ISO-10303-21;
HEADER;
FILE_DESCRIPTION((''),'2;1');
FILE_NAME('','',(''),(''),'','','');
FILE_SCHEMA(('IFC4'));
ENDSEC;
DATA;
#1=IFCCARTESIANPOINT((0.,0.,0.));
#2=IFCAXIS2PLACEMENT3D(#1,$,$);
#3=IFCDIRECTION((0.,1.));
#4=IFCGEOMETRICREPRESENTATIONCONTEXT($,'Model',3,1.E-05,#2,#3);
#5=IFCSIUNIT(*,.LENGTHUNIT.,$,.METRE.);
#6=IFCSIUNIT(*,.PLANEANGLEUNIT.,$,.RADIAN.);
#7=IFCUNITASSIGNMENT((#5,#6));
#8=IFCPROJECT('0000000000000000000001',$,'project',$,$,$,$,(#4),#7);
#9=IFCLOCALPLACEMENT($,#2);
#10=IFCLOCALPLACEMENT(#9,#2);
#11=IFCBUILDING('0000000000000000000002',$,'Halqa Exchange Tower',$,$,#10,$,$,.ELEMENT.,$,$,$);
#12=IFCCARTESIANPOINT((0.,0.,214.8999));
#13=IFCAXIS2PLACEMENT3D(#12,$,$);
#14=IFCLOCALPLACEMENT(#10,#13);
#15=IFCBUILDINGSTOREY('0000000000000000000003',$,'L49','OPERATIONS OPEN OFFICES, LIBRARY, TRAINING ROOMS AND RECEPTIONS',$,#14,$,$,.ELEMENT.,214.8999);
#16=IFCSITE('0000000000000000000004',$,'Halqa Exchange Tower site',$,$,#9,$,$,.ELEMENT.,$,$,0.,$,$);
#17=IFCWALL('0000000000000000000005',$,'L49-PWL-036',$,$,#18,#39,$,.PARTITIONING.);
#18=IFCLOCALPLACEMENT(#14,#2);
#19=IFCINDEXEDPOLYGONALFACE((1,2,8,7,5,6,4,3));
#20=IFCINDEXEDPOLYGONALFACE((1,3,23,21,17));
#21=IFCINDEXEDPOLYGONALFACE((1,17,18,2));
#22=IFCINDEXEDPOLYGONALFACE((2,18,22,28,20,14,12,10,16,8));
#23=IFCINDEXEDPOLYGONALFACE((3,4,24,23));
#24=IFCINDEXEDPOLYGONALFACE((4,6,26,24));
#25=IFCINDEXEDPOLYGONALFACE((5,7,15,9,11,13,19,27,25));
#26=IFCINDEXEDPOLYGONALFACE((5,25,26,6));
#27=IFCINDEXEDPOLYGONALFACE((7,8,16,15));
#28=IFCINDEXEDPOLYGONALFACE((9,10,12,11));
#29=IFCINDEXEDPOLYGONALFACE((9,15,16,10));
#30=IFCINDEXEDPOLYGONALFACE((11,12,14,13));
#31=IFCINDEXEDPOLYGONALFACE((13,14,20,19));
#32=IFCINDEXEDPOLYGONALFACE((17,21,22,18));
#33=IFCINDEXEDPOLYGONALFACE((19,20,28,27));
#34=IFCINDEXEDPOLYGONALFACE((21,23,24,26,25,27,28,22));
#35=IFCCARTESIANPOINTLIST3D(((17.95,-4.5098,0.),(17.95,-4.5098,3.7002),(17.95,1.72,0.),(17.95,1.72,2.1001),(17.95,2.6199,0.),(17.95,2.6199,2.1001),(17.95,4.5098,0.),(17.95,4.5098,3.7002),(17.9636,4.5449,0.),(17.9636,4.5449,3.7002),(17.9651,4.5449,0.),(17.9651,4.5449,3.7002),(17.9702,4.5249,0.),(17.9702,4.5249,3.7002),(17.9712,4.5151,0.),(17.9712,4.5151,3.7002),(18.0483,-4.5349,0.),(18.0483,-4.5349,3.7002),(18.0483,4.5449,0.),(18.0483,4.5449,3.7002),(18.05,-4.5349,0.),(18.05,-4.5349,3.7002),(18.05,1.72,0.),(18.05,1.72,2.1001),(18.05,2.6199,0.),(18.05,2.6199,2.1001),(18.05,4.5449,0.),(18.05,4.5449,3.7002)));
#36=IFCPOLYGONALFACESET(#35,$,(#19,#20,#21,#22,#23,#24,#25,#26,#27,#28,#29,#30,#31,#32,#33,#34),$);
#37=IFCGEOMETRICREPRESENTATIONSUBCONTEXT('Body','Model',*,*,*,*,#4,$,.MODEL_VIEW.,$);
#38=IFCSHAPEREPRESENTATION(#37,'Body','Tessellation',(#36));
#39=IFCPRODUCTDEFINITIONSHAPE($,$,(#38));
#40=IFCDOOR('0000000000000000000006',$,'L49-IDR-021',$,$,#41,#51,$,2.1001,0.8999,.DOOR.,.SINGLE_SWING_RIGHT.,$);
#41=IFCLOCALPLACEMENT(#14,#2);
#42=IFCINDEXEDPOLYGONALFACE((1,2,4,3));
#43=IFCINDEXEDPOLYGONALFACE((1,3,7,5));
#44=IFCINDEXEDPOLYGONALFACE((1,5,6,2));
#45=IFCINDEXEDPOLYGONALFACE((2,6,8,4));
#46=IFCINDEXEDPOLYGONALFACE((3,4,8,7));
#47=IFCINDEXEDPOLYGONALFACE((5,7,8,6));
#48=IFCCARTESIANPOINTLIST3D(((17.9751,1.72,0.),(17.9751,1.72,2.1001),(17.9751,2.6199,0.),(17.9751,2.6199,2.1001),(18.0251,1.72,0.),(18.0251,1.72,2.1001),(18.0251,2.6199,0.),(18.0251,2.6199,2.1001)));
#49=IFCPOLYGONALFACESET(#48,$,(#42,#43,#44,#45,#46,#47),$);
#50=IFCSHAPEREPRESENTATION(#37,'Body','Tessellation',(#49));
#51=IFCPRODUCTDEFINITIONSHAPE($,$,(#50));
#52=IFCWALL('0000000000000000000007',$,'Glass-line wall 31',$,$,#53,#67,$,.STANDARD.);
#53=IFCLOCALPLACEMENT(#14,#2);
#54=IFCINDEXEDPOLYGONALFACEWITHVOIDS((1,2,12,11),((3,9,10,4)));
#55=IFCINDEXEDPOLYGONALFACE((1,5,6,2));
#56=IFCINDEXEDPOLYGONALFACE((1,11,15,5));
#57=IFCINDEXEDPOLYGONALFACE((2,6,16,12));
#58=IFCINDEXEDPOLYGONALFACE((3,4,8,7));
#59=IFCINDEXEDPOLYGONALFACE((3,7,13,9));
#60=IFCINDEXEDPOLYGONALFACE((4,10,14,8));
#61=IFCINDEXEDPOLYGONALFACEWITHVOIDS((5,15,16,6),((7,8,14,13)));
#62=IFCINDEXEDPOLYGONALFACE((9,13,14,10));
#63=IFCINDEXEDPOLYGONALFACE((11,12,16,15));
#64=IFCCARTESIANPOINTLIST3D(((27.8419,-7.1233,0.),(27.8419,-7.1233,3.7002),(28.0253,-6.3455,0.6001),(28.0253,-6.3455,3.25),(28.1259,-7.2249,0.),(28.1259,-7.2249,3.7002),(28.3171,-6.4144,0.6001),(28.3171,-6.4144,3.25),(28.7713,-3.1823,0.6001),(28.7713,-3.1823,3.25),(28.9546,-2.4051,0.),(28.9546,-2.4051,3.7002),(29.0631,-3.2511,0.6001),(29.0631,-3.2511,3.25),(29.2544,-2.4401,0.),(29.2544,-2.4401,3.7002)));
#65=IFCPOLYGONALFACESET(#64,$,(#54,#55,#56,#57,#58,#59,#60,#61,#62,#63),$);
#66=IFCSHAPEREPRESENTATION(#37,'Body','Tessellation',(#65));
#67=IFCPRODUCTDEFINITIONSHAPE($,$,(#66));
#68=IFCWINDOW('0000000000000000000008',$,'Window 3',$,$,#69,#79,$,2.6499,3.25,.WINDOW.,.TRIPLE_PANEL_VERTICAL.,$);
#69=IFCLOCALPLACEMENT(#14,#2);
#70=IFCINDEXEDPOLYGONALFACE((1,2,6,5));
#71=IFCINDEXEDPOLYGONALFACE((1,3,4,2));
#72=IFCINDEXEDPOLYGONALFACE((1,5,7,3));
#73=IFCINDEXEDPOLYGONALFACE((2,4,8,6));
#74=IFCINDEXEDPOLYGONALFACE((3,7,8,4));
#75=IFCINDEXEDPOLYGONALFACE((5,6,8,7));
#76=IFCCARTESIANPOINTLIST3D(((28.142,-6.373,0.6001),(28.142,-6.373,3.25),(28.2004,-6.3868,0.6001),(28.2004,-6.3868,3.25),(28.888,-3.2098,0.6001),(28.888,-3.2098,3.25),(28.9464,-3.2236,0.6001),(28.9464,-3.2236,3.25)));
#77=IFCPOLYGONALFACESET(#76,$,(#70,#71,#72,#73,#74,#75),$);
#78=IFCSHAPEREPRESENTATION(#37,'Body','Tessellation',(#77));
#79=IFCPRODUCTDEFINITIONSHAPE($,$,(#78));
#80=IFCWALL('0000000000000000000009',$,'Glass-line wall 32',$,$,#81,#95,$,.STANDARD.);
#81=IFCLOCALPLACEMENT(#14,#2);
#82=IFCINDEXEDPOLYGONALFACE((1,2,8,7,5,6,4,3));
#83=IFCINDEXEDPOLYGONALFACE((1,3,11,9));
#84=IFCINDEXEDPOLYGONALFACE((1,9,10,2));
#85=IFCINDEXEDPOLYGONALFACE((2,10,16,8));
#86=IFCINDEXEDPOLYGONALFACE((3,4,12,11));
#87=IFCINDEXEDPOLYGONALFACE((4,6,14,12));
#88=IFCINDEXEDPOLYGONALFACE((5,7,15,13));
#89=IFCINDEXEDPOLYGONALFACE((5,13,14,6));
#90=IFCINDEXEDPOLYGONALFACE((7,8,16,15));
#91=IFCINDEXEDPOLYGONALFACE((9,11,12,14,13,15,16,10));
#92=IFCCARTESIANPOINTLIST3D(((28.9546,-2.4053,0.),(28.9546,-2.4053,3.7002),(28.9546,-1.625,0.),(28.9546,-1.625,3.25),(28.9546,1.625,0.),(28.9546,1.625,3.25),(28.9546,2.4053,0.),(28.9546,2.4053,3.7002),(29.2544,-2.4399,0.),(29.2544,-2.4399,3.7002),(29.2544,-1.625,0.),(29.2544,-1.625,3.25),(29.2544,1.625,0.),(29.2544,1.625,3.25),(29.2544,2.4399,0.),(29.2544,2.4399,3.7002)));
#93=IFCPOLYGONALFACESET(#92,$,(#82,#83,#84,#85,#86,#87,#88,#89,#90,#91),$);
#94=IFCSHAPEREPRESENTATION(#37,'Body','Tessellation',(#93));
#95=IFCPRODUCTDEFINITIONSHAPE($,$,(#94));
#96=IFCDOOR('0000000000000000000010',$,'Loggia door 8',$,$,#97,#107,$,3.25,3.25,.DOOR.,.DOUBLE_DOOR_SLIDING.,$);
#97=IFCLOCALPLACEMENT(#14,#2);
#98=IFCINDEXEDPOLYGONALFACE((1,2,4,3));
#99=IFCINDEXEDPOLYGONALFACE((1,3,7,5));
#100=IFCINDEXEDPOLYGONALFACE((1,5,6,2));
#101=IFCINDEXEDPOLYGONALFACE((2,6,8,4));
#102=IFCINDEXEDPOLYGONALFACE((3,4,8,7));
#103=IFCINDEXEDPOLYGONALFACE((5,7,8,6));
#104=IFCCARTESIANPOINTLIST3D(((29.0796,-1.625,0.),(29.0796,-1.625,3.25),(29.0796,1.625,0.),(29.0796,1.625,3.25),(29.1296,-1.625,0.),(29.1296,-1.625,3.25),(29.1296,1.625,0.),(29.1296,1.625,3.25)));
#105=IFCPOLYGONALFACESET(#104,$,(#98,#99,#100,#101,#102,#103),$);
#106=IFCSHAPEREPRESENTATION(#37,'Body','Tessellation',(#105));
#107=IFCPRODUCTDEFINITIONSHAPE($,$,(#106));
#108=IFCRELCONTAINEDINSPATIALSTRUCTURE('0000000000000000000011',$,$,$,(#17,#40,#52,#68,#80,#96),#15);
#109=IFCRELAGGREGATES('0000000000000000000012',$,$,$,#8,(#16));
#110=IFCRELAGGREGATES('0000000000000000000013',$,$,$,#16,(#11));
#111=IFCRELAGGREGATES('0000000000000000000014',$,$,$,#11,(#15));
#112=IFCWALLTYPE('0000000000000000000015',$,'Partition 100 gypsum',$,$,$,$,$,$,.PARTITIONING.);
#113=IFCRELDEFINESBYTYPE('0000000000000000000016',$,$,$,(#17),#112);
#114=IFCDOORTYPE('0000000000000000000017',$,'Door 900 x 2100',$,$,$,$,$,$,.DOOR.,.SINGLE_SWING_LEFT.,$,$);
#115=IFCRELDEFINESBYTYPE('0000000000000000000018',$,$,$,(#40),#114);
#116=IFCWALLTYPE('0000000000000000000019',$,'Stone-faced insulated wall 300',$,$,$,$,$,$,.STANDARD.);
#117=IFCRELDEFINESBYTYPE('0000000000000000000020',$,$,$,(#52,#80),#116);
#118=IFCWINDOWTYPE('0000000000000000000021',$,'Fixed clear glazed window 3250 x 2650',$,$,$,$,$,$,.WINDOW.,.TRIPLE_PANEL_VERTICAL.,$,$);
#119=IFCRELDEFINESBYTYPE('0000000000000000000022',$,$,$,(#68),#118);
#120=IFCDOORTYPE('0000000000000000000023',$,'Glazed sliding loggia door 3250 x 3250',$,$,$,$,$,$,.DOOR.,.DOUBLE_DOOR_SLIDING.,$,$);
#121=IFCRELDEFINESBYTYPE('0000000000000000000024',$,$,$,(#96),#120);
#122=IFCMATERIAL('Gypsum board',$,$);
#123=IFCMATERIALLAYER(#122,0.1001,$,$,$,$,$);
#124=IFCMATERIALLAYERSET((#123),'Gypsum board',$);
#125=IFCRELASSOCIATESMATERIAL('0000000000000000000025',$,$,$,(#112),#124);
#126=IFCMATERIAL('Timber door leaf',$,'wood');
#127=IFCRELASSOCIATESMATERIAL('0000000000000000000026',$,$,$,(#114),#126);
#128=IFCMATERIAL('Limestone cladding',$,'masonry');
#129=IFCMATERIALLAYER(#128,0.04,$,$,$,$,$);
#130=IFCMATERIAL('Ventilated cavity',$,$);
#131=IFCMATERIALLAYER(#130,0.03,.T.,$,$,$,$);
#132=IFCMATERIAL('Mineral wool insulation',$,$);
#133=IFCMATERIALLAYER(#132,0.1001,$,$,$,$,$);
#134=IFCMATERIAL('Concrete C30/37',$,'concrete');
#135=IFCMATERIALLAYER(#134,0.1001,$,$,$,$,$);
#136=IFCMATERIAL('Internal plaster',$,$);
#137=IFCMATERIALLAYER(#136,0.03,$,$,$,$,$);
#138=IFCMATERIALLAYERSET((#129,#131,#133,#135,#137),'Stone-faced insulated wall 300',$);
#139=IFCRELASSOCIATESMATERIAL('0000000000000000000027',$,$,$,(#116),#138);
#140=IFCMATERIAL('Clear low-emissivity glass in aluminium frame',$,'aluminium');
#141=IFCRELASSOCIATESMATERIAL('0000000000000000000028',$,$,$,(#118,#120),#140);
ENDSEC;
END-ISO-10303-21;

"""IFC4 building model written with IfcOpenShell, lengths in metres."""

from ifc_helpers import new_model, si_unit, direction, frame, frame_2d, origin, place, context, subcontext, project, spatial, polyline, rectangle, outline, extrude, material, layer, layer_set, type_object, element, fill, save


model = new_model("IFC4")

# Units and contexts
model_context = context("Model", 3, precision=1e-05, world=origin(), true_north=direction((0.0, 1.0)))
body_context = subcontext(model_context, "Body", "Model", "MODEL_VIEW")
ifc_project = project(units=[si_unit("LENGTHUNIT", "METRE"), si_unit("PLANEANGLEUNIT", "RADIAN")], contexts=[model_context])

# Site, building, storey
site_placement = place(None, origin())
site = spatial("IfcSite", under=ifc_project, at=site_placement, Name="Halqa Exchange Tower site", CompositionType="ELEMENT", RefElevation=0.0)
building_placement = place(site_placement, origin())
building = spatial("IfcBuilding", under=site, at=building_placement, Name="Halqa Exchange Tower", CompositionType="ELEMENT")
storey_placement = place(building_placement, frame((0.0, 0.0, 214.8999)))
storey = spatial("IfcBuildingStorey", under=building, at=storey_placement, Name="L49", Description="OPERATIONS OPEN OFFICES, LIBRARY, TRAINING ROOMS AND RECEPTIONS", CompositionType="ELEMENT", Elevation=214.8999)

# Shared definitions
ifc_material_1 = material(Name="Gypsum board")
ifc_layer_1 = layer(ifc_material_1, 0.1001)
ifc_layer_set_1 = layer_set([ifc_layer_1], Name="Gypsum board")
wall_type_1 = type_object("IfcWallType", Name="Partition 100 gypsum", PredefinedType="PARTITIONING", material=ifc_layer_set_1)

# Wall, opening, door
ifc_material_2 = material(Name="Timber door leaf", Category="wood")
door_type_1 = type_object("IfcDoorType", Name="Door 900 x 2100", OperationType="SINGLE_SWING_LEFT", PredefinedType="DOOR", material=ifc_material_2)
wall_1_placement = place(storey_placement, frame((18.0, -4.5349, 0.0), z_axis=(0.0, 0.0, 1.0), x_axis=(0.0, 1.0, 0.0)))
wall_1 = element("IfcWall", 1, at=wall_1_placement, inside=storey, type_object=wall_type_1, Name="L49-PWL-036", PredefinedType="PARTITIONING", context=body_context, shape_type="SweptSolid", body=[
    extrude(outline(polyline([(9.0798, -0.05), (9.0798, -0.0483), (9.0598, 0.0298), (9.0798, 0.0349), (9.0798, 0.0364), (9.05, 0.0288), (9.0447, 0.05), (7.4714, 0.05), (5.8982, 0.05), (4.325, 0.05), (4.325, 0.05), (4.2249, 0.05), (4.2249, 0.05), (2.825, 0.05), (1.425, 0.05), (0.0251, 0.05), (0.0, -0.0483), (0.0, -0.05), (1.8159, -0.05), (3.6318, -0.05), (5.448, -0.05), (7.2639, -0.05), (9.0798, -0.05)])), origin(), (0.0, 0.0, 1.0), 3.7002),
])
opening_1_placement = place(wall_1_placement, frame((6.2549, 0.0, 0.0)))
opening_1 = element("IfcOpeningElement", 2, at=opening_1_placement, cuts=wall_1, PredefinedType="OPENING", context=body_context, shape_type="SweptSolid", body=[
    extrude(rectangle(XDim=0.8999, YDim=2.1001, at=frame_2d((0.45, 1.05))), frame((0.0, 0.062, 0.0), z_axis=(0.0, -1.0, 0.0), x_axis=(1.0, 0.0, 0.0)), (0.0, 0.0, 1.0), 0.124),
])
door_1_placement = place(opening_1_placement, origin())
door_1 = element("IfcDoor", 3, at=door_1_placement, inside=storey, type_object=door_type_1, Name="L49-IDR-021", OperationType="SINGLE_SWING_RIGHT", OverallHeight=2.1001, OverallWidth=0.8999, PredefinedType="DOOR", context=body_context, shape_type="SweptSolid", body=[
    extrude(rectangle(XDim=0.8999, YDim=2.1001, at=frame_2d((0.45, 1.05))), frame((0.0, 0.0249, 0.0), z_axis=(0.0, -1.0, 0.0), x_axis=(1.0, 0.0, 0.0)), (0.0, 0.0, 1.0), 0.05),
])
fill(opening_1, door_1)

# Wall, opening, window
ifc_material_3 = material(Name="Limestone cladding", Category="masonry")
ifc_layer_2 = layer(ifc_material_3, 0.04)
ifc_material_4 = material(Name="Ventilated cavity")
ifc_layer_3 = layer(ifc_material_4, 0.03, ventilated=True)
ifc_material_5 = material(Name="Mineral wool insulation")
ifc_layer_4 = layer(ifc_material_5, 0.1001)
ifc_material_6 = material(Name="Concrete C30/37", Category="concrete")
ifc_layer_5 = layer(ifc_material_6, 0.1001)
ifc_material_7 = material(Name="Internal plaster")
ifc_layer_6 = layer(ifc_material_7, 0.03)
ifc_layer_set_2 = layer_set([ifc_layer_2, ifc_layer_3, ifc_layer_4, ifc_layer_5, ifc_layer_6], Name="Stone-faced insulated wall 300")
wall_type_2 = type_object("IfcWallType", Name="Stone-faced insulated wall 300", PredefinedType="STANDARD", material=ifc_layer_set_2)
wall_2_placement = place(storey_placement, frame((27.9839, -7.1741, 0.0), z_axis=(0.0, 0.0, 1.0), x_axis=(0.229547, 0.973298, 0.0)))
wall_2 = element("IfcWall", 4, at=wall_2_placement, inside=storey, type_object=wall_type_2, Name="Glass-line wall 31", PredefinedType="STANDARD", context=body_context, shape_type="SweptSolid", body=[
    extrude(outline(polyline([(-0.0168, -0.1499), (4.8992, -0.1499), (4.8645, 0.1499), (0.0168, 0.1499), (-0.0168, -0.1499)])), origin(), (0.0, 0.0, 1.0), 3.7002),
])
opening_2_placement = place(wall_2_placement, frame((0.8159, 0.0, 0.6001)))
opening_2 = element("IfcOpeningElement", 5, at=opening_2_placement, cuts=wall_2, PredefinedType="OPENING", context=body_context, shape_type="SweptSolid", body=[
    extrude(rectangle(XDim=3.25, YDim=2.6499, at=frame_2d((1.625, 1.325))), frame((0.0, 0.1621, 0.0), z_axis=(0.0, -1.0, 0.0), x_axis=(1.0, 0.0, 0.0)), (0.0, 0.0, 1.0), 0.324),
])
ifc_material_8 = material(Name="Clear low-emissivity glass in aluminium frame", Category="aluminium")
window_type = type_object("IfcWindowType", Name="Fixed clear glazed window 3250 x 2650", PartitioningType="TRIPLE_PANEL_VERTICAL", PredefinedType="WINDOW", material=ifc_material_8)
window_placement = place(opening_2_placement, origin())
window = element("IfcWindow", 6, at=window_placement, inside=storey, type_object=window_type, Name="Window 3", OverallHeight=2.6499, OverallWidth=3.25, PartitioningType="TRIPLE_PANEL_VERTICAL", PredefinedType="WINDOW", context=body_context, shape_type="SweptSolid", body=[
    extrude(rectangle(XDim=3.25, YDim=2.6499, at=frame_2d((1.625, 1.325))), frame((0.0, 0.03, 0.0), z_axis=(0.0, -1.0, 0.0), x_axis=(1.0, 0.0, 0.0)), (0.0, 0.0, 1.0), 0.0601),
])
fill(opening_2, window)

# Wall, opening, door
wall_3_placement = place(storey_placement, frame((29.1045, -2.4226, 0.0), z_axis=(0.0, 0.0, 1.0), x_axis=(0.0, 1.0, 0.0)))
wall_3 = element("IfcWall", 7, at=wall_3_placement, inside=storey, type_object=wall_type_2, Name="Glass-line wall 32", PredefinedType="STANDARD", context=body_context, shape_type="SweptSolid", body=[
    extrude(outline(polyline([(-0.0173, -0.1499), (4.8625, -0.1499), (4.8279, 0.1499), (0.0173, 0.1499), (-0.0173, -0.1499)])), origin(), (0.0, 0.0, 1.0), 3.7002),
])
opening_3_placement = place(wall_3_placement, frame((0.7976, 0.0, 0.0)))
opening_3 = element("IfcOpeningElement", 8, at=opening_3_placement, cuts=wall_3, PredefinedType="OPENING", context=body_context, shape_type="SweptSolid", body=[
    extrude(rectangle(XDim=3.25, YDim=3.25, at=frame_2d((1.625, 1.625))), frame((0.0, 0.1621, 0.0), z_axis=(0.0, -1.0, 0.0), x_axis=(1.0, 0.0, 0.0)), (0.0, 0.0, 1.0), 0.324),
])
door_type_2 = type_object("IfcDoorType", Name="Glazed sliding loggia door 3250 x 3250", OperationType="DOUBLE_DOOR_SLIDING", PredefinedType="DOOR", material=ifc_material_8)
door_2_placement = place(opening_3_placement, origin())
door_2 = element("IfcDoor", 9, at=door_2_placement, inside=storey, type_object=door_type_2, Name="Loggia door 8", OperationType="DOUBLE_DOOR_SLIDING", OverallHeight=3.25, OverallWidth=3.25, PredefinedType="DOOR", context=body_context, shape_type="SweptSolid", body=[
    extrude(rectangle(XDim=3.25, YDim=3.25, at=frame_2d((1.625, 1.625))), frame((0.0, 0.0249, 0.0), z_axis=(0.0, -1.0, 0.0), x_axis=(1.0, 0.0, 0.0)), (0.0, 0.0, 1.0), 0.05),
])
fill(opening_3, door_2)

save(model, "model.ifc")
